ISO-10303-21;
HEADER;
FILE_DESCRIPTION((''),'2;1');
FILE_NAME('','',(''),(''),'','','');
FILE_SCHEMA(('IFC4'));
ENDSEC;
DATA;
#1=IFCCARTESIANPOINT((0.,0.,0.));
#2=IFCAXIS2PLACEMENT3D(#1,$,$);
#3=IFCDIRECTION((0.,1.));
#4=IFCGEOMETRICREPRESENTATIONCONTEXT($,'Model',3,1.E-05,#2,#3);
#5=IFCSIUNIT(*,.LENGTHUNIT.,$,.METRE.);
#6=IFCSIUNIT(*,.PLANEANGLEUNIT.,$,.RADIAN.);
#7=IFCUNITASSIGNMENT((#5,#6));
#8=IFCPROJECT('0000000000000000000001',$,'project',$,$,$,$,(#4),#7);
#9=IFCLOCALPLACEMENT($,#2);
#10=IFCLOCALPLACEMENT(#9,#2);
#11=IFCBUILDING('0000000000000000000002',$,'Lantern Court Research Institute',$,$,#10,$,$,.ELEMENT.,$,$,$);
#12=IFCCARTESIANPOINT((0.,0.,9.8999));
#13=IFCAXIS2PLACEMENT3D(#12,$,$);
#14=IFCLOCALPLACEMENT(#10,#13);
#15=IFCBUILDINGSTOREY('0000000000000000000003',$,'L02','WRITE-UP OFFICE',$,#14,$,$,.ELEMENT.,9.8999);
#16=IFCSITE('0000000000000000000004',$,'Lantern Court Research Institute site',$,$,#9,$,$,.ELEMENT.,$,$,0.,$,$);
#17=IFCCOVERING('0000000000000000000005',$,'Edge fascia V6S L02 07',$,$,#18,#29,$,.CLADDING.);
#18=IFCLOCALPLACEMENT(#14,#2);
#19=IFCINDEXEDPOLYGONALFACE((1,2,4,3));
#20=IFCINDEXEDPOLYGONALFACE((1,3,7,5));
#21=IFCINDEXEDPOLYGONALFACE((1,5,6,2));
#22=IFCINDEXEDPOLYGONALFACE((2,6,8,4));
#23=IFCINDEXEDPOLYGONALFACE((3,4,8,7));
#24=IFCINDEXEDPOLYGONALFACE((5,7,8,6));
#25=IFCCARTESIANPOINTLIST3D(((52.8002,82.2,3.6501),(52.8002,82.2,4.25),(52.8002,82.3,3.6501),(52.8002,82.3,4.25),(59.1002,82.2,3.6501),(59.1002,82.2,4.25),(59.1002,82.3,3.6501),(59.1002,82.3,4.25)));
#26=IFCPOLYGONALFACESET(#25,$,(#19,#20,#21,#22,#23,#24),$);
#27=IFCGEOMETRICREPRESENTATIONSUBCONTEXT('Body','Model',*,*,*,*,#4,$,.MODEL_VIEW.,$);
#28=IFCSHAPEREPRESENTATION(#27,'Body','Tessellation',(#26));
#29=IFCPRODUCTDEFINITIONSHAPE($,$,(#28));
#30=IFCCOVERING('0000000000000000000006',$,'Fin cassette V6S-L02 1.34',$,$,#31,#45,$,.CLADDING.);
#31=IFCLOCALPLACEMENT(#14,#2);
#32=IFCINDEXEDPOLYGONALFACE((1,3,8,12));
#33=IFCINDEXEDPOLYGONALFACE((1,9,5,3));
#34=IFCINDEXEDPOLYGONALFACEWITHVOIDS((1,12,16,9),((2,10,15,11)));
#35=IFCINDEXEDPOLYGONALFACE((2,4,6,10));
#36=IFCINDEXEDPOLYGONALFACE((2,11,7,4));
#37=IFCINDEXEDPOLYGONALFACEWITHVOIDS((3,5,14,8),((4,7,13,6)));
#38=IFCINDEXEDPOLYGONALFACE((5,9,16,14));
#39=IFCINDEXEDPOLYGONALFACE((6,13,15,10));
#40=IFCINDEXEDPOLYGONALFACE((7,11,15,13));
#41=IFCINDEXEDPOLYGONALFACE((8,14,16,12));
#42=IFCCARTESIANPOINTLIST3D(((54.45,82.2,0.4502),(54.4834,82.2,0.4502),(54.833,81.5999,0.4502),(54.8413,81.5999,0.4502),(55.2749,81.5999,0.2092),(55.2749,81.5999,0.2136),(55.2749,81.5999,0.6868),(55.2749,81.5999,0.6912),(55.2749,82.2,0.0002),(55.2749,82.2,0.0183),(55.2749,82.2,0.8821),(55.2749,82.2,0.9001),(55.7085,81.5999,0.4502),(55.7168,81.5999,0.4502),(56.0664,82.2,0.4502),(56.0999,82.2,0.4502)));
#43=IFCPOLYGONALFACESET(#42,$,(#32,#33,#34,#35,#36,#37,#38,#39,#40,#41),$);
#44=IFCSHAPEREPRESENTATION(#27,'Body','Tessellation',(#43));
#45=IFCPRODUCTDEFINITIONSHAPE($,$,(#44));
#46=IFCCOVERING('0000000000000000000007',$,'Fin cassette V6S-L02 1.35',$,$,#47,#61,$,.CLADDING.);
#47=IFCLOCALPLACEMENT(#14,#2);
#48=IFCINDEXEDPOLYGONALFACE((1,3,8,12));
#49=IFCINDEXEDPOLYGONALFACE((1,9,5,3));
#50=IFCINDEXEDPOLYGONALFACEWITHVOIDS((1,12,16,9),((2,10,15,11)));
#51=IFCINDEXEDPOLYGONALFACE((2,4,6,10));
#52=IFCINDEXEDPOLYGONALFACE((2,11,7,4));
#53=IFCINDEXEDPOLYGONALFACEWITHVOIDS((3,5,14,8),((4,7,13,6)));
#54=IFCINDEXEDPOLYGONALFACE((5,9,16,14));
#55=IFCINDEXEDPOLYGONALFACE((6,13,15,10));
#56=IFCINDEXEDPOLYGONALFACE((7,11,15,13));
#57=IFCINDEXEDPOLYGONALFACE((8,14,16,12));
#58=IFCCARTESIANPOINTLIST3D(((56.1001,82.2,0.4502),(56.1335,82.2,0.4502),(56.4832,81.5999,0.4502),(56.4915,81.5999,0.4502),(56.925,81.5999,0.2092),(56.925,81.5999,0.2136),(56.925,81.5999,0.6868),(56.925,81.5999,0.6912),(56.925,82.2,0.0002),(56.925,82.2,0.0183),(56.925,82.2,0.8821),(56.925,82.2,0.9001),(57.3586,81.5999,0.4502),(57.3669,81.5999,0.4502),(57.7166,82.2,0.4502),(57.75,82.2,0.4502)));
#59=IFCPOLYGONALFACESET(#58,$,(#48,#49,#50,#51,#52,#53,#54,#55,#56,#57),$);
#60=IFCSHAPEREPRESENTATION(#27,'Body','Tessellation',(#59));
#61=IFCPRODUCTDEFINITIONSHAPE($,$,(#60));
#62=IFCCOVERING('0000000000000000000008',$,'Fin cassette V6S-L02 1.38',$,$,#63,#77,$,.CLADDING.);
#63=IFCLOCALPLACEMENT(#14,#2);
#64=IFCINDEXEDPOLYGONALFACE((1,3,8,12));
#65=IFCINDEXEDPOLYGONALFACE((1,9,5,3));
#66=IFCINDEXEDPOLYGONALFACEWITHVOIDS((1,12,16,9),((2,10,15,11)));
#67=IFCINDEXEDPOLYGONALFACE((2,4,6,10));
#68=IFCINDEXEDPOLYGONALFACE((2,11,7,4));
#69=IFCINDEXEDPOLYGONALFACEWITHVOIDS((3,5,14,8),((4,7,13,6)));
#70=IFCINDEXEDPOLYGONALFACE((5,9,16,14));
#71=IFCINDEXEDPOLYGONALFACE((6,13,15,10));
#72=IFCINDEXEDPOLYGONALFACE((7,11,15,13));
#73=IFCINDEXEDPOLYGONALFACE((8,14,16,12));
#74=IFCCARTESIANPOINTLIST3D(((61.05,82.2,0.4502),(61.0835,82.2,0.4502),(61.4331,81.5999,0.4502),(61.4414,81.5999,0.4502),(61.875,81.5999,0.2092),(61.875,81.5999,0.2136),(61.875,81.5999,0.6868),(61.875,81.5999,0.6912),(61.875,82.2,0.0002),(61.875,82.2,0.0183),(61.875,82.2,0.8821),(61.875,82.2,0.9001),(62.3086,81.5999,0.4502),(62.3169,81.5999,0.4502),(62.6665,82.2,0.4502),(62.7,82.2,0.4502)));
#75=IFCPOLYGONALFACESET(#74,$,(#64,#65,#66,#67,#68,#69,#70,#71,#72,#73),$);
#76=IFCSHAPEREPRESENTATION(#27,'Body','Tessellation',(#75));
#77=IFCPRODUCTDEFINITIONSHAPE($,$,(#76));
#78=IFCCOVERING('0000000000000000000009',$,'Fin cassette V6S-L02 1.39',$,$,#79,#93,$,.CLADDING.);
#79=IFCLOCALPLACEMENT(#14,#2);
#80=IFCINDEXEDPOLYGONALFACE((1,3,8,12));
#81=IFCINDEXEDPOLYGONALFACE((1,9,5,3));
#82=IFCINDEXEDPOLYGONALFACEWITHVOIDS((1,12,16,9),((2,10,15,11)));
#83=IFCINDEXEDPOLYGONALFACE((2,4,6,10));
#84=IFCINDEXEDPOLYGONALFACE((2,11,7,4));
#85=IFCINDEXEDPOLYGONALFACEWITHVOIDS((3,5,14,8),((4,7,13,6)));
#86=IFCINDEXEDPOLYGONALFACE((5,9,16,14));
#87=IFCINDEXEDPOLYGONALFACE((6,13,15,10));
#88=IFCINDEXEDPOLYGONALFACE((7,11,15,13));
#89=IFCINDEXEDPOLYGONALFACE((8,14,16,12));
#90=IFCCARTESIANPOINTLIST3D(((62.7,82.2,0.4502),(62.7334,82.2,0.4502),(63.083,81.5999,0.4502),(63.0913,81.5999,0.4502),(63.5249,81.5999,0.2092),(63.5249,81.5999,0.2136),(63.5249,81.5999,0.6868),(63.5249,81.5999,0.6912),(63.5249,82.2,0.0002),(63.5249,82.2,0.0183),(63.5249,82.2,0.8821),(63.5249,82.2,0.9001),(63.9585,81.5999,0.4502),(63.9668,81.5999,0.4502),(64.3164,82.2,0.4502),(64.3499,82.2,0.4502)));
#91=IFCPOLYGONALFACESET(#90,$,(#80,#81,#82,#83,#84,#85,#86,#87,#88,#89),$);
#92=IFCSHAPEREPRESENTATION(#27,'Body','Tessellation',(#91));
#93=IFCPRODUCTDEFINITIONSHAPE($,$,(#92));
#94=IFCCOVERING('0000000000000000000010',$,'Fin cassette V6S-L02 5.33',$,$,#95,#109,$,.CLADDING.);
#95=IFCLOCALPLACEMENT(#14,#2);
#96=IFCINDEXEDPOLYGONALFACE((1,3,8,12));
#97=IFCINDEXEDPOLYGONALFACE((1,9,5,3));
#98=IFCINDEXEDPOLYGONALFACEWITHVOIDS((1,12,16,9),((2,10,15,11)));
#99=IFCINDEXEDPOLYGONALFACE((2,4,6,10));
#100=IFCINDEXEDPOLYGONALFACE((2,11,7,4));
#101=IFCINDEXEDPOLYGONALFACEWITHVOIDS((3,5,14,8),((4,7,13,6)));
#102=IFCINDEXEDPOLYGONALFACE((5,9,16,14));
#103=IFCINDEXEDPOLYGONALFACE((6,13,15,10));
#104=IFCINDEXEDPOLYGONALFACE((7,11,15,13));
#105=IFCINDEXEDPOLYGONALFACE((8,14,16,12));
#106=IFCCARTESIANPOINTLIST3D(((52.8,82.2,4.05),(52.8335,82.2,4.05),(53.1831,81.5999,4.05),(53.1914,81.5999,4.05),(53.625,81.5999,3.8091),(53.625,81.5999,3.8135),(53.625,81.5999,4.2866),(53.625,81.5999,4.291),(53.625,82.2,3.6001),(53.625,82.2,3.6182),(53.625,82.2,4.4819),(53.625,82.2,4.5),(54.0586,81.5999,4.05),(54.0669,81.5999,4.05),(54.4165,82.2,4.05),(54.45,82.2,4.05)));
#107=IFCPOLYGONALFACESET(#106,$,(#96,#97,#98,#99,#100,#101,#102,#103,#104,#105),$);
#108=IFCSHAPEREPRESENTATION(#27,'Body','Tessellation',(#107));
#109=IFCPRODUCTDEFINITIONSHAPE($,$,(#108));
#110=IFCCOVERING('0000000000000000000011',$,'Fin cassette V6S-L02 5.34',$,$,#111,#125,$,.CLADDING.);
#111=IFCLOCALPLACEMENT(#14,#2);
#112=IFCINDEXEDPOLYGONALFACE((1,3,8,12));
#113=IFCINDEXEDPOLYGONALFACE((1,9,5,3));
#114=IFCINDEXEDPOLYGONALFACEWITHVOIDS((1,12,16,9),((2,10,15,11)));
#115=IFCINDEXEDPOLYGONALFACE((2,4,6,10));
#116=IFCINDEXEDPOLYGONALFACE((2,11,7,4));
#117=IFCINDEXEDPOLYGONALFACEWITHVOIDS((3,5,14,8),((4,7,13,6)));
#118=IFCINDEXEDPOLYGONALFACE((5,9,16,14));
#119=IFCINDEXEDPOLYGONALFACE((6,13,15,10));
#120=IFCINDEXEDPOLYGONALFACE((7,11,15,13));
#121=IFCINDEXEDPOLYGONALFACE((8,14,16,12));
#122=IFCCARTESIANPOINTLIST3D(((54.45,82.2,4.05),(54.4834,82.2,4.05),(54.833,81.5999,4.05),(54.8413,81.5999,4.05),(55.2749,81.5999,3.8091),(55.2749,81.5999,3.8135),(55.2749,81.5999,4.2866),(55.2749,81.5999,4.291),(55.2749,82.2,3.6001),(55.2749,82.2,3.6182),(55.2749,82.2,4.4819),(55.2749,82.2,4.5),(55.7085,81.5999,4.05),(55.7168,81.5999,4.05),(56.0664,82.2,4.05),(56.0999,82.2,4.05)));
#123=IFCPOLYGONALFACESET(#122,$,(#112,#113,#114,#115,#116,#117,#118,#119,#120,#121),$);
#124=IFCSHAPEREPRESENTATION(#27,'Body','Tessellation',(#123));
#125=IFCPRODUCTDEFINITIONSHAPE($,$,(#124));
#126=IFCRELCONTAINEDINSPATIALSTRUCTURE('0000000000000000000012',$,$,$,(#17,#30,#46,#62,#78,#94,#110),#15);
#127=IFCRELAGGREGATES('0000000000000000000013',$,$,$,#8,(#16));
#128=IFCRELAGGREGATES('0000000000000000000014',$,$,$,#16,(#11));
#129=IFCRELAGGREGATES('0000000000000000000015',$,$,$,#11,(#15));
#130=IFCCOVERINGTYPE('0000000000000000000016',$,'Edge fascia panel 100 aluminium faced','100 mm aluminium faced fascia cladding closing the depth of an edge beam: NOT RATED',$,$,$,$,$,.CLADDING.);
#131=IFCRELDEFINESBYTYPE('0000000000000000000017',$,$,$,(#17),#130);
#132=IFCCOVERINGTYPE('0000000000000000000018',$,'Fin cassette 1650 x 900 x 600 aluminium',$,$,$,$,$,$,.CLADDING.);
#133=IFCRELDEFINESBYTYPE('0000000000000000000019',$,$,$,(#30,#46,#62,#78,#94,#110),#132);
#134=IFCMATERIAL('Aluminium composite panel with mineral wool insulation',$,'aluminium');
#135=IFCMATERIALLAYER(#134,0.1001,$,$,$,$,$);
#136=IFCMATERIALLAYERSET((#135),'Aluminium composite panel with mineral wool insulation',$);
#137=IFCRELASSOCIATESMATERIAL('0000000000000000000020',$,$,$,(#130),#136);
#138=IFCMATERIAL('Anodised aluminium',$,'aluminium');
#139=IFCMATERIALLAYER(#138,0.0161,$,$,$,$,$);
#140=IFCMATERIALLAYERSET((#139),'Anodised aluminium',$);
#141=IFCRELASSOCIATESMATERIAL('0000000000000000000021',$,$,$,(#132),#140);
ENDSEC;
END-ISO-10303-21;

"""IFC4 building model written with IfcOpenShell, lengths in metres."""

from ifc_helpers import new_model, entity, si_unit, direction, frame, frame_2d, origin, place, context, subcontext, project, spatial, rectangle, extrude, material, layer, layer_set, type_object, element, save


model = new_model("IFC4")

# Units and contexts
model_context = context("Model", 3, precision=1e-05, world=origin(), true_north=direction((0.0, 1.0)))
body_context = subcontext(model_context, "Body", "Model", "MODEL_VIEW")
ifc_project = project(units=[si_unit("LENGTHUNIT", "METRE"), si_unit("PLANEANGLEUNIT", "RADIAN")], contexts=[model_context])

# Site, building, storey
site_placement = place(None, origin())
site = spatial("IfcSite", under=ifc_project, at=site_placement, Name="Lantern Court Research Institute site", CompositionType="ELEMENT", RefElevation=0.0)
building_placement = place(site_placement, origin())
building = spatial("IfcBuilding", under=site, at=building_placement, Name="Lantern Court Research Institute", CompositionType="ELEMENT")
storey_placement = place(building_placement, frame((0.0, 0.0, 9.8999)))
storey = spatial("IfcBuildingStorey", under=building, at=storey_placement, Name="L02", Description="WRITE-UP OFFICE", CompositionType="ELEMENT", Elevation=9.8999)

# Coverings
ifc_material_1 = material(Name="Aluminium composite panel with mineral wool insulation", Category="aluminium")
ifc_layer_1 = layer(ifc_material_1, 0.1001)
ifc_layer_set_1 = layer_set([ifc_layer_1], Name="Aluminium composite panel with mineral wool insulation")
covering_type_1 = type_object("IfcCoveringType", Name="Edge fascia panel 100 aluminium faced", Description="100 mm aluminium faced fascia cladding closing the depth of an edge beam: NOT RATED", PredefinedType="CLADDING", material=ifc_layer_set_1)
covering_1_placement = place(storey_placement, frame((59.1001, 82.25, 3.6501), z_axis=(0.0, 0.0, 1.0), x_axis=(-1.0, 0.0, 0.0)))
element("IfcCovering", 1, at=covering_1_placement, inside=storey, type_object=covering_type_1, Name="Edge fascia V6S L02 07", PredefinedType="CLADDING", context=body_context, shape_type="SweptSolid", body=[
    extrude(rectangle(XDim=6.3, YDim=0.1001, at=frame_2d((3.1499, 0.0))), origin(), (0.0, 0.0, 1.0), 0.5999),
])
ifc_material_2 = material(Name="Anodised aluminium", Category="aluminium")
ifc_layer_2 = layer(ifc_material_2, 0.0161)
ifc_layer_set_2 = layer_set([ifc_layer_2], Name="Anodised aluminium")
covering_type_2 = type_object("IfcCoveringType", Name="Fin cassette 1650 x 900 x 600 aluminium", PredefinedType="CLADDING", material=ifc_layer_set_2)
covering_2_placement = place(storey_placement, frame((55.2749, 82.2, 0.4502), z_axis=(0.0, -1.0, 0.0), x_axis=(1.0, 0.0, 0.0)))
cartesian_point_1 = entity("IfcCartesianPoint", [0.825, 0.0])
cartesian_point_2 = entity("IfcCartesianPoint", [0.7915, 0.0])
cartesian_point_3 = entity("IfcCartesianPoint", [0.4419, 0.0])
cartesian_point_4 = entity("IfcCartesianPoint", [0.4336, 0.0])
element("IfcCovering", 2, at=covering_2_placement, inside=storey, type_object=covering_type_2, Name="Fin cassette V6S-L02 1.34", PredefinedType="CLADDING", context=body_context, shape_type="SweptSolid", body=[
    entity("IfcExtrudedAreaSolidTapered", entity("IfcArbitraryProfileDefWithVoids", "AREA", None, entity("IfcPolyline", [cartesian_point_1, entity("IfcCartesianPoint", [0.0, 0.45]), entity("IfcCartesianPoint", [-0.825, 0.0]), entity("IfcCartesianPoint", [0.0, -0.45]), cartesian_point_1]), [entity("IfcPolyline", [cartesian_point_2, entity("IfcCartesianPoint", [0.0, 0.4319]), entity("IfcCartesianPoint", [-0.7915, 0.0]), entity("IfcCartesianPoint", [0.0, -0.4319]), cartesian_point_2])]), entity("IfcAxis2Placement3D", entity("IfcCartesianPoint", [0.0, 0.0, 0.0])), entity("IfcDirection", [0.0, 0.0, 1.0]), 0.6001, entity("IfcArbitraryProfileDefWithVoids", "AREA", None, entity("IfcPolyline", [cartesian_point_3, entity("IfcCartesianPoint", [0.0, 0.241]), entity("IfcCartesianPoint", [-0.4419, 0.0]), entity("IfcCartesianPoint", [0.0, -0.241]), cartesian_point_3]), [entity("IfcPolyline", [cartesian_point_4, entity("IfcCartesianPoint", [0.0, 0.2366]), entity("IfcCartesianPoint", [-0.4336, 0.0]), entity("IfcCartesianPoint", [0.0, -0.2366]), cartesian_point_4])])),
])
covering_3_placement = place(storey_placement, frame((56.925, 82.2, 0.4502), z_axis=(0.0, -1.0, 0.0), x_axis=(1.0, 0.0, 0.0)))
cartesian_point_5 = entity("IfcCartesianPoint", [0.825, 0.0])
cartesian_point_6 = entity("IfcCartesianPoint", [0.7915, 0.0])
cartesian_point_7 = entity("IfcCartesianPoint", [0.4419, 0.0])
cartesian_point_8 = entity("IfcCartesianPoint", [0.4336, 0.0])
element("IfcCovering", 3, at=covering_3_placement, inside=storey, type_object=covering_type_2, Name="Fin cassette V6S-L02 1.35", PredefinedType="CLADDING", context=body_context, shape_type="SweptSolid", body=[
    entity("IfcExtrudedAreaSolidTapered", entity("IfcArbitraryProfileDefWithVoids", "AREA", None, entity("IfcPolyline", [cartesian_point_5, entity("IfcCartesianPoint", [0.0, 0.45]), entity("IfcCartesianPoint", [-0.825, 0.0]), entity("IfcCartesianPoint", [0.0, -0.45]), cartesian_point_5]), [entity("IfcPolyline", [cartesian_point_6, entity("IfcCartesianPoint", [0.0, 0.4319]), entity("IfcCartesianPoint", [-0.7915, 0.0]), entity("IfcCartesianPoint", [0.0, -0.4319]), cartesian_point_6])]), entity("IfcAxis2Placement3D", entity("IfcCartesianPoint", [0.0, 0.0, 0.0])), entity("IfcDirection", [0.0, 0.0, 1.0]), 0.6001, entity("IfcArbitraryProfileDefWithVoids", "AREA", None, entity("IfcPolyline", [cartesian_point_7, entity("IfcCartesianPoint", [0.0, 0.241]), entity("IfcCartesianPoint", [-0.4419, 0.0]), entity("IfcCartesianPoint", [0.0, -0.241]), cartesian_point_7]), [entity("IfcPolyline", [cartesian_point_8, entity("IfcCartesianPoint", [0.0, 0.2366]), entity("IfcCartesianPoint", [-0.4336, 0.0]), entity("IfcCartesianPoint", [0.0, -0.2366]), cartesian_point_8])])),
])
covering_4_placement = place(storey_placement, frame((61.875, 82.2, 0.4502), z_axis=(0.0, -1.0, 0.0), x_axis=(1.0, 0.0, 0.0)))
cartesian_point_9 = entity("IfcCartesianPoint", [0.825, 0.0])
cartesian_point_10 = entity("IfcCartesianPoint", [0.7915, 0.0])
cartesian_point_11 = entity("IfcCartesianPoint", [0.4419, 0.0])
cartesian_point_12 = entity("IfcCartesianPoint", [0.4336, 0.0])
element("IfcCovering", 4, at=covering_4_placement, inside=storey, type_object=covering_type_2, Name="Fin cassette V6S-L02 1.38", PredefinedType="CLADDING", context=body_context, shape_type="SweptSolid", body=[
    entity("IfcExtrudedAreaSolidTapered", entity("IfcArbitraryProfileDefWithVoids", "AREA", None, entity("IfcPolyline", [cartesian_point_9, entity("IfcCartesianPoint", [0.0, 0.45]), entity("IfcCartesianPoint", [-0.825, 0.0]), entity("IfcCartesianPoint", [0.0, -0.45]), cartesian_point_9]), [entity("IfcPolyline", [cartesian_point_10, entity("IfcCartesianPoint", [0.0, 0.4319]), entity("IfcCartesianPoint", [-0.7915, 0.0]), entity("IfcCartesianPoint", [0.0, -0.4319]), cartesian_point_10])]), entity("IfcAxis2Placement3D", entity("IfcCartesianPoint", [0.0, 0.0, 0.0])), entity("IfcDirection", [0.0, 0.0, 1.0]), 0.6001, entity("IfcArbitraryProfileDefWithVoids", "AREA", None, entity("IfcPolyline", [cartesian_point_11, entity("IfcCartesianPoint", [0.0, 0.241]), entity("IfcCartesianPoint", [-0.4419, 0.0]), entity("IfcCartesianPoint", [0.0, -0.241]), cartesian_point_11]), [entity("IfcPolyline", [cartesian_point_12, entity("IfcCartesianPoint", [0.0, 0.2366]), entity("IfcCartesianPoint", [-0.4336, 0.0]), entity("IfcCartesianPoint", [0.0, -0.2366]), cartesian_point_12])])),
])
covering_5_placement = place(storey_placement, frame((63.5249, 82.2, 0.4502), z_axis=(0.0, -1.0, 0.0), x_axis=(1.0, 0.0, 0.0)))
cartesian_point_13 = entity("IfcCartesianPoint", [0.825, 0.0])
cartesian_point_14 = entity("IfcCartesianPoint", [0.7915, 0.0])
cartesian_point_15 = entity("IfcCartesianPoint", [0.4419, 0.0])
cartesian_point_16 = entity("IfcCartesianPoint", [0.4336, 0.0])
element("IfcCovering", 5, at=covering_5_placement, inside=storey, type_object=covering_type_2, Name="Fin cassette V6S-L02 1.39", PredefinedType="CLADDING", context=body_context, shape_type="SweptSolid", body=[
    entity("IfcExtrudedAreaSolidTapered", entity("IfcArbitraryProfileDefWithVoids", "AREA", None, entity("IfcPolyline", [cartesian_point_13, entity("IfcCartesianPoint", [0.0, 0.45]), entity("IfcCartesianPoint", [-0.825, 0.0]), entity("IfcCartesianPoint", [0.0, -0.45]), cartesian_point_13]), [entity("IfcPolyline", [cartesian_point_14, entity("IfcCartesianPoint", [0.0, 0.4319]), entity("IfcCartesianPoint", [-0.7915, 0.0]), entity("IfcCartesianPoint", [0.0, -0.4319]), cartesian_point_14])]), entity("IfcAxis2Placement3D", entity("IfcCartesianPoint", [0.0, 0.0, 0.0])), entity("IfcDirection", [0.0, 0.0, 1.0]), 0.6001, entity("IfcArbitraryProfileDefWithVoids", "AREA", None, entity("IfcPolyline", [cartesian_point_15, entity("IfcCartesianPoint", [0.0, 0.241]), entity("IfcCartesianPoint", [-0.4419, 0.0]), entity("IfcCartesianPoint", [0.0, -0.241]), cartesian_point_15]), [entity("IfcPolyline", [cartesian_point_16, entity("IfcCartesianPoint", [0.0, 0.2366]), entity("IfcCartesianPoint", [-0.4336, 0.0]), entity("IfcCartesianPoint", [0.0, -0.2366]), cartesian_point_16])])),
])
covering_6_placement = place(storey_placement, frame((53.625, 82.2, 4.05), z_axis=(0.0, -1.0, 0.0), x_axis=(1.0, 0.0, 0.0)))
cartesian_point_17 = entity("IfcCartesianPoint", [0.825, 0.0])
cartesian_point_18 = entity("IfcCartesianPoint", [0.7915, 0.0])
cartesian_point_19 = entity("IfcCartesianPoint", [0.4419, 0.0])
cartesian_point_20 = entity("IfcCartesianPoint", [0.4336, 0.0])
element("IfcCovering", 6, at=covering_6_placement, inside=storey, type_object=covering_type_2, Name="Fin cassette V6S-L02 5.33", PredefinedType="CLADDING", context=body_context, shape_type="SweptSolid", body=[
    entity("IfcExtrudedAreaSolidTapered", entity("IfcArbitraryProfileDefWithVoids", "AREA", None, entity("IfcPolyline", [cartesian_point_17, entity("IfcCartesianPoint", [0.0, 0.45]), entity("IfcCartesianPoint", [-0.825, 0.0]), entity("IfcCartesianPoint", [0.0, -0.45]), cartesian_point_17]), [entity("IfcPolyline", [cartesian_point_18, entity("IfcCartesianPoint", [0.0, 0.4319]), entity("IfcCartesianPoint", [-0.7915, 0.0]), entity("IfcCartesianPoint", [0.0, -0.4319]), cartesian_point_18])]), entity("IfcAxis2Placement3D", entity("IfcCartesianPoint", [0.0, 0.0, 0.0])), entity("IfcDirection", [0.0, 0.0, 1.0]), 0.6001, entity("IfcArbitraryProfileDefWithVoids", "AREA", None, entity("IfcPolyline", [cartesian_point_19, entity("IfcCartesianPoint", [0.0, 0.241]), entity("IfcCartesianPoint", [-0.4419, 0.0]), entity("IfcCartesianPoint", [0.0, -0.241]), cartesian_point_19]), [entity("IfcPolyline", [cartesian_point_20, entity("IfcCartesianPoint", [0.0, 0.2366]), entity("IfcCartesianPoint", [-0.4336, 0.0]), entity("IfcCartesianPoint", [0.0, -0.2366]), cartesian_point_20])])),
])
covering_7_placement = place(storey_placement, frame((55.2749, 82.2, 4.05), z_axis=(0.0, -1.0, 0.0), x_axis=(1.0, 0.0, 0.0)))
cartesian_point_21 = entity("IfcCartesianPoint", [0.825, 0.0])
cartesian_point_22 = entity("IfcCartesianPoint", [0.7915, 0.0])
cartesian_point_23 = entity("IfcCartesianPoint", [0.4419, 0.0])
cartesian_point_24 = entity("IfcCartesianPoint", [0.4336, 0.0])
element("IfcCovering", 7, at=covering_7_placement, inside=storey, type_object=covering_type_2, Name="Fin cassette V6S-L02 5.34", PredefinedType="CLADDING", context=body_context, shape_type="SweptSolid", body=[
    entity("IfcExtrudedAreaSolidTapered", entity("IfcArbitraryProfileDefWithVoids", "AREA", None, entity("IfcPolyline", [cartesian_point_21, entity("IfcCartesianPoint", [0.0, 0.45]), entity("IfcCartesianPoint", [-0.825, 0.0]), entity("IfcCartesianPoint", [0.0, -0.45]), cartesian_point_21]), [entity("IfcPolyline", [cartesian_point_22, entity("IfcCartesianPoint", [0.0, 0.4319]), entity("IfcCartesianPoint", [-0.7915, 0.0]), entity("IfcCartesianPoint", [0.0, -0.4319]), cartesian_point_22])]), entity("IfcAxis2Placement3D", entity("IfcCartesianPoint", [0.0, 0.0, 0.0])), entity("IfcDirection", [0.0, 0.0, 1.0]), 0.6001, entity("IfcArbitraryProfileDefWithVoids", "AREA", None, entity("IfcPolyline", [cartesian_point_23, entity("IfcCartesianPoint", [0.0, 0.241]), entity("IfcCartesianPoint", [-0.4419, 0.0]), entity("IfcCartesianPoint", [0.0, -0.241]), cartesian_point_23]), [entity("IfcPolyline", [cartesian_point_24, entity("IfcCartesianPoint", [0.0, 0.2366]), entity("IfcCartesianPoint", [-0.4336, 0.0]), entity("IfcCartesianPoint", [0.0, -0.2366]), cartesian_point_24])])),
])

save(model, "model.ifc")
